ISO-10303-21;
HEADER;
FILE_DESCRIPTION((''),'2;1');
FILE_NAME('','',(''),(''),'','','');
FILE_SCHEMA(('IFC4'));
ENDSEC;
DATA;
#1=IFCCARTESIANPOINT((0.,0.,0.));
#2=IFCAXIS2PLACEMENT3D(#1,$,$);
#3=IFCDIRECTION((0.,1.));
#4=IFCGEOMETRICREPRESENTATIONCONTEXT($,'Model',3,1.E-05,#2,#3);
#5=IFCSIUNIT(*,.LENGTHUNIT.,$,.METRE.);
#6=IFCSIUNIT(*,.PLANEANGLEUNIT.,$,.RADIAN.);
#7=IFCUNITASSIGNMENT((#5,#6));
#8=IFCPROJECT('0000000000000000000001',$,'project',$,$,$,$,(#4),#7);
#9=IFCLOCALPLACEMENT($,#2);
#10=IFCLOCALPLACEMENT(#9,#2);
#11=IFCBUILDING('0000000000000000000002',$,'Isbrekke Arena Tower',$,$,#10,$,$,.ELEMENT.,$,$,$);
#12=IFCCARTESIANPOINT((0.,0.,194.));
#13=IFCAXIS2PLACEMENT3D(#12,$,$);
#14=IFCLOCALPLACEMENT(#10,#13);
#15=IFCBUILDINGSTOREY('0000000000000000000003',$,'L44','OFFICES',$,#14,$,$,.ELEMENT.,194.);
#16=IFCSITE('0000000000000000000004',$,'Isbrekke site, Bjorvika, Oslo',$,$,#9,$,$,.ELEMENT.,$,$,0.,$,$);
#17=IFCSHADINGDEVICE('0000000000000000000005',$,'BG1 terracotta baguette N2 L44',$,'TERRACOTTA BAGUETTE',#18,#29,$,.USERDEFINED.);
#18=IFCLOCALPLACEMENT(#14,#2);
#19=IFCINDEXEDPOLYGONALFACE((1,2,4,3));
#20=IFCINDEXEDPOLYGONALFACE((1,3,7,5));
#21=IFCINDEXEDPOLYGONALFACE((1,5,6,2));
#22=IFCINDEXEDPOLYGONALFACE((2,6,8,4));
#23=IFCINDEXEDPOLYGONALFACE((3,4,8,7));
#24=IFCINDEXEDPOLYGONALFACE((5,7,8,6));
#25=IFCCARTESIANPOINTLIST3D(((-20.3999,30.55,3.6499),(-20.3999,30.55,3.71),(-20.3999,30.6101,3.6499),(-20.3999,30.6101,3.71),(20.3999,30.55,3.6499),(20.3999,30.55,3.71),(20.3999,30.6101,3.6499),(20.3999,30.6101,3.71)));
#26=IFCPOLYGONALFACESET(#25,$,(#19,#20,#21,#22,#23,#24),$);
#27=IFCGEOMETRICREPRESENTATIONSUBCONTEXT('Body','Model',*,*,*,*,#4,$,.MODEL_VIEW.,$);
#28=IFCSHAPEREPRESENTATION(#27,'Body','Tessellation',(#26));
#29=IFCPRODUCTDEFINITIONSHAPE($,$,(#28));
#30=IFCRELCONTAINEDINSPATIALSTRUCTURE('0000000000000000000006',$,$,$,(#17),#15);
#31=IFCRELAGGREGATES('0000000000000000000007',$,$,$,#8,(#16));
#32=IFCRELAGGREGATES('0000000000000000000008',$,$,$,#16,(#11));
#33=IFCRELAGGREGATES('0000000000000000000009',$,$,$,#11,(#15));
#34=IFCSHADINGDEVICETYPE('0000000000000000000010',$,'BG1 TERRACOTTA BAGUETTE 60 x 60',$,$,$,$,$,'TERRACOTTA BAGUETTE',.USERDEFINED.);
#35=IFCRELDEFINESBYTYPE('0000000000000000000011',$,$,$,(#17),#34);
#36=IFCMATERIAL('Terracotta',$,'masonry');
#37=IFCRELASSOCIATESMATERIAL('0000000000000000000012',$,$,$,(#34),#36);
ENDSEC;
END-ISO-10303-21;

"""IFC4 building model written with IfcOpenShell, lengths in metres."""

from ifc_helpers import new_model, si_unit, direction, frame, origin, origin_2d, place, context, subcontext, project, spatial, rectangle, extrude, material, material_profile, profile_set, type_object, element, save


model = new_model("IFC4")

# Units and contexts
model_context = context("Model", 3, precision=1e-05, world=origin(), true_north=direction((0.0, 1.0)))
body_context = subcontext(model_context, "Body", "Model", "MODEL_VIEW")
ifc_project = project(units=[si_unit("LENGTHUNIT", "METRE"), si_unit("PLANEANGLEUNIT", "RADIAN")], contexts=[model_context])

# Site, building, storey
site_placement = place(None, origin())
site = spatial("IfcSite", under=ifc_project, at=site_placement, Name="Isbrekke site, Bjorvika, Oslo", CompositionType="ELEMENT", RefElevation=0.0)
building_placement = place(site_placement, origin())
building = spatial("IfcBuilding", under=site, at=building_placement, Name="Isbrekke Arena Tower", CompositionType="ELEMENT")
storey_placement = place(building_placement, frame((0.0, 0.0, 194.0)))
storey = spatial("IfcBuildingStorey", under=building, at=storey_placement, Name="L44", Description="OFFICES", CompositionType="ELEMENT", Elevation=194.0)

# Shading device
ifc_material_1 = material(Name="Terracotta", Category="masonry")
ifc_material_profile_1 = material_profile(ifc_material_1, rectangle(XDim=0.0601, YDim=0.0601, at=origin_2d()), Name="BAGUETTE 60X60")
ifc_profile_set_1 = profile_set([ifc_material_profile_1], Name="Terracotta")
shading_device_type = type_object("IfcShadingDeviceType", Name="BG1 TERRACOTTA BAGUETTE 60 x 60", ElementType="TERRACOTTA BAGUETTE", PredefinedType="USERDEFINED", material=ifc_profile_set_1)
for number, where, z_axis, x_axis, name in (
    (1, (20.3999, 30.5801, 3.6799), (-1.0, 0.0, 0.0), (0.0, -1.0, 0.0), "BG1 terracotta baguette N2 L44"),
):
    element("IfcShadingDevice", number, at=place(storey_placement, frame(where, z_axis=z_axis, x_axis=x_axis)), inside=storey, type_object=shading_device_type, Name=name, ObjectType="TERRACOTTA BAGUETTE", PredefinedType="USERDEFINED", context=body_context, shape_type="SweptSolid", body=[
        extrude(rectangle(XDim=0.0601, YDim=0.0601, at=origin_2d()), origin(), (0.0, 0.0, 1.0), 40.7998),
    ])

save(model, "model.ifc")
